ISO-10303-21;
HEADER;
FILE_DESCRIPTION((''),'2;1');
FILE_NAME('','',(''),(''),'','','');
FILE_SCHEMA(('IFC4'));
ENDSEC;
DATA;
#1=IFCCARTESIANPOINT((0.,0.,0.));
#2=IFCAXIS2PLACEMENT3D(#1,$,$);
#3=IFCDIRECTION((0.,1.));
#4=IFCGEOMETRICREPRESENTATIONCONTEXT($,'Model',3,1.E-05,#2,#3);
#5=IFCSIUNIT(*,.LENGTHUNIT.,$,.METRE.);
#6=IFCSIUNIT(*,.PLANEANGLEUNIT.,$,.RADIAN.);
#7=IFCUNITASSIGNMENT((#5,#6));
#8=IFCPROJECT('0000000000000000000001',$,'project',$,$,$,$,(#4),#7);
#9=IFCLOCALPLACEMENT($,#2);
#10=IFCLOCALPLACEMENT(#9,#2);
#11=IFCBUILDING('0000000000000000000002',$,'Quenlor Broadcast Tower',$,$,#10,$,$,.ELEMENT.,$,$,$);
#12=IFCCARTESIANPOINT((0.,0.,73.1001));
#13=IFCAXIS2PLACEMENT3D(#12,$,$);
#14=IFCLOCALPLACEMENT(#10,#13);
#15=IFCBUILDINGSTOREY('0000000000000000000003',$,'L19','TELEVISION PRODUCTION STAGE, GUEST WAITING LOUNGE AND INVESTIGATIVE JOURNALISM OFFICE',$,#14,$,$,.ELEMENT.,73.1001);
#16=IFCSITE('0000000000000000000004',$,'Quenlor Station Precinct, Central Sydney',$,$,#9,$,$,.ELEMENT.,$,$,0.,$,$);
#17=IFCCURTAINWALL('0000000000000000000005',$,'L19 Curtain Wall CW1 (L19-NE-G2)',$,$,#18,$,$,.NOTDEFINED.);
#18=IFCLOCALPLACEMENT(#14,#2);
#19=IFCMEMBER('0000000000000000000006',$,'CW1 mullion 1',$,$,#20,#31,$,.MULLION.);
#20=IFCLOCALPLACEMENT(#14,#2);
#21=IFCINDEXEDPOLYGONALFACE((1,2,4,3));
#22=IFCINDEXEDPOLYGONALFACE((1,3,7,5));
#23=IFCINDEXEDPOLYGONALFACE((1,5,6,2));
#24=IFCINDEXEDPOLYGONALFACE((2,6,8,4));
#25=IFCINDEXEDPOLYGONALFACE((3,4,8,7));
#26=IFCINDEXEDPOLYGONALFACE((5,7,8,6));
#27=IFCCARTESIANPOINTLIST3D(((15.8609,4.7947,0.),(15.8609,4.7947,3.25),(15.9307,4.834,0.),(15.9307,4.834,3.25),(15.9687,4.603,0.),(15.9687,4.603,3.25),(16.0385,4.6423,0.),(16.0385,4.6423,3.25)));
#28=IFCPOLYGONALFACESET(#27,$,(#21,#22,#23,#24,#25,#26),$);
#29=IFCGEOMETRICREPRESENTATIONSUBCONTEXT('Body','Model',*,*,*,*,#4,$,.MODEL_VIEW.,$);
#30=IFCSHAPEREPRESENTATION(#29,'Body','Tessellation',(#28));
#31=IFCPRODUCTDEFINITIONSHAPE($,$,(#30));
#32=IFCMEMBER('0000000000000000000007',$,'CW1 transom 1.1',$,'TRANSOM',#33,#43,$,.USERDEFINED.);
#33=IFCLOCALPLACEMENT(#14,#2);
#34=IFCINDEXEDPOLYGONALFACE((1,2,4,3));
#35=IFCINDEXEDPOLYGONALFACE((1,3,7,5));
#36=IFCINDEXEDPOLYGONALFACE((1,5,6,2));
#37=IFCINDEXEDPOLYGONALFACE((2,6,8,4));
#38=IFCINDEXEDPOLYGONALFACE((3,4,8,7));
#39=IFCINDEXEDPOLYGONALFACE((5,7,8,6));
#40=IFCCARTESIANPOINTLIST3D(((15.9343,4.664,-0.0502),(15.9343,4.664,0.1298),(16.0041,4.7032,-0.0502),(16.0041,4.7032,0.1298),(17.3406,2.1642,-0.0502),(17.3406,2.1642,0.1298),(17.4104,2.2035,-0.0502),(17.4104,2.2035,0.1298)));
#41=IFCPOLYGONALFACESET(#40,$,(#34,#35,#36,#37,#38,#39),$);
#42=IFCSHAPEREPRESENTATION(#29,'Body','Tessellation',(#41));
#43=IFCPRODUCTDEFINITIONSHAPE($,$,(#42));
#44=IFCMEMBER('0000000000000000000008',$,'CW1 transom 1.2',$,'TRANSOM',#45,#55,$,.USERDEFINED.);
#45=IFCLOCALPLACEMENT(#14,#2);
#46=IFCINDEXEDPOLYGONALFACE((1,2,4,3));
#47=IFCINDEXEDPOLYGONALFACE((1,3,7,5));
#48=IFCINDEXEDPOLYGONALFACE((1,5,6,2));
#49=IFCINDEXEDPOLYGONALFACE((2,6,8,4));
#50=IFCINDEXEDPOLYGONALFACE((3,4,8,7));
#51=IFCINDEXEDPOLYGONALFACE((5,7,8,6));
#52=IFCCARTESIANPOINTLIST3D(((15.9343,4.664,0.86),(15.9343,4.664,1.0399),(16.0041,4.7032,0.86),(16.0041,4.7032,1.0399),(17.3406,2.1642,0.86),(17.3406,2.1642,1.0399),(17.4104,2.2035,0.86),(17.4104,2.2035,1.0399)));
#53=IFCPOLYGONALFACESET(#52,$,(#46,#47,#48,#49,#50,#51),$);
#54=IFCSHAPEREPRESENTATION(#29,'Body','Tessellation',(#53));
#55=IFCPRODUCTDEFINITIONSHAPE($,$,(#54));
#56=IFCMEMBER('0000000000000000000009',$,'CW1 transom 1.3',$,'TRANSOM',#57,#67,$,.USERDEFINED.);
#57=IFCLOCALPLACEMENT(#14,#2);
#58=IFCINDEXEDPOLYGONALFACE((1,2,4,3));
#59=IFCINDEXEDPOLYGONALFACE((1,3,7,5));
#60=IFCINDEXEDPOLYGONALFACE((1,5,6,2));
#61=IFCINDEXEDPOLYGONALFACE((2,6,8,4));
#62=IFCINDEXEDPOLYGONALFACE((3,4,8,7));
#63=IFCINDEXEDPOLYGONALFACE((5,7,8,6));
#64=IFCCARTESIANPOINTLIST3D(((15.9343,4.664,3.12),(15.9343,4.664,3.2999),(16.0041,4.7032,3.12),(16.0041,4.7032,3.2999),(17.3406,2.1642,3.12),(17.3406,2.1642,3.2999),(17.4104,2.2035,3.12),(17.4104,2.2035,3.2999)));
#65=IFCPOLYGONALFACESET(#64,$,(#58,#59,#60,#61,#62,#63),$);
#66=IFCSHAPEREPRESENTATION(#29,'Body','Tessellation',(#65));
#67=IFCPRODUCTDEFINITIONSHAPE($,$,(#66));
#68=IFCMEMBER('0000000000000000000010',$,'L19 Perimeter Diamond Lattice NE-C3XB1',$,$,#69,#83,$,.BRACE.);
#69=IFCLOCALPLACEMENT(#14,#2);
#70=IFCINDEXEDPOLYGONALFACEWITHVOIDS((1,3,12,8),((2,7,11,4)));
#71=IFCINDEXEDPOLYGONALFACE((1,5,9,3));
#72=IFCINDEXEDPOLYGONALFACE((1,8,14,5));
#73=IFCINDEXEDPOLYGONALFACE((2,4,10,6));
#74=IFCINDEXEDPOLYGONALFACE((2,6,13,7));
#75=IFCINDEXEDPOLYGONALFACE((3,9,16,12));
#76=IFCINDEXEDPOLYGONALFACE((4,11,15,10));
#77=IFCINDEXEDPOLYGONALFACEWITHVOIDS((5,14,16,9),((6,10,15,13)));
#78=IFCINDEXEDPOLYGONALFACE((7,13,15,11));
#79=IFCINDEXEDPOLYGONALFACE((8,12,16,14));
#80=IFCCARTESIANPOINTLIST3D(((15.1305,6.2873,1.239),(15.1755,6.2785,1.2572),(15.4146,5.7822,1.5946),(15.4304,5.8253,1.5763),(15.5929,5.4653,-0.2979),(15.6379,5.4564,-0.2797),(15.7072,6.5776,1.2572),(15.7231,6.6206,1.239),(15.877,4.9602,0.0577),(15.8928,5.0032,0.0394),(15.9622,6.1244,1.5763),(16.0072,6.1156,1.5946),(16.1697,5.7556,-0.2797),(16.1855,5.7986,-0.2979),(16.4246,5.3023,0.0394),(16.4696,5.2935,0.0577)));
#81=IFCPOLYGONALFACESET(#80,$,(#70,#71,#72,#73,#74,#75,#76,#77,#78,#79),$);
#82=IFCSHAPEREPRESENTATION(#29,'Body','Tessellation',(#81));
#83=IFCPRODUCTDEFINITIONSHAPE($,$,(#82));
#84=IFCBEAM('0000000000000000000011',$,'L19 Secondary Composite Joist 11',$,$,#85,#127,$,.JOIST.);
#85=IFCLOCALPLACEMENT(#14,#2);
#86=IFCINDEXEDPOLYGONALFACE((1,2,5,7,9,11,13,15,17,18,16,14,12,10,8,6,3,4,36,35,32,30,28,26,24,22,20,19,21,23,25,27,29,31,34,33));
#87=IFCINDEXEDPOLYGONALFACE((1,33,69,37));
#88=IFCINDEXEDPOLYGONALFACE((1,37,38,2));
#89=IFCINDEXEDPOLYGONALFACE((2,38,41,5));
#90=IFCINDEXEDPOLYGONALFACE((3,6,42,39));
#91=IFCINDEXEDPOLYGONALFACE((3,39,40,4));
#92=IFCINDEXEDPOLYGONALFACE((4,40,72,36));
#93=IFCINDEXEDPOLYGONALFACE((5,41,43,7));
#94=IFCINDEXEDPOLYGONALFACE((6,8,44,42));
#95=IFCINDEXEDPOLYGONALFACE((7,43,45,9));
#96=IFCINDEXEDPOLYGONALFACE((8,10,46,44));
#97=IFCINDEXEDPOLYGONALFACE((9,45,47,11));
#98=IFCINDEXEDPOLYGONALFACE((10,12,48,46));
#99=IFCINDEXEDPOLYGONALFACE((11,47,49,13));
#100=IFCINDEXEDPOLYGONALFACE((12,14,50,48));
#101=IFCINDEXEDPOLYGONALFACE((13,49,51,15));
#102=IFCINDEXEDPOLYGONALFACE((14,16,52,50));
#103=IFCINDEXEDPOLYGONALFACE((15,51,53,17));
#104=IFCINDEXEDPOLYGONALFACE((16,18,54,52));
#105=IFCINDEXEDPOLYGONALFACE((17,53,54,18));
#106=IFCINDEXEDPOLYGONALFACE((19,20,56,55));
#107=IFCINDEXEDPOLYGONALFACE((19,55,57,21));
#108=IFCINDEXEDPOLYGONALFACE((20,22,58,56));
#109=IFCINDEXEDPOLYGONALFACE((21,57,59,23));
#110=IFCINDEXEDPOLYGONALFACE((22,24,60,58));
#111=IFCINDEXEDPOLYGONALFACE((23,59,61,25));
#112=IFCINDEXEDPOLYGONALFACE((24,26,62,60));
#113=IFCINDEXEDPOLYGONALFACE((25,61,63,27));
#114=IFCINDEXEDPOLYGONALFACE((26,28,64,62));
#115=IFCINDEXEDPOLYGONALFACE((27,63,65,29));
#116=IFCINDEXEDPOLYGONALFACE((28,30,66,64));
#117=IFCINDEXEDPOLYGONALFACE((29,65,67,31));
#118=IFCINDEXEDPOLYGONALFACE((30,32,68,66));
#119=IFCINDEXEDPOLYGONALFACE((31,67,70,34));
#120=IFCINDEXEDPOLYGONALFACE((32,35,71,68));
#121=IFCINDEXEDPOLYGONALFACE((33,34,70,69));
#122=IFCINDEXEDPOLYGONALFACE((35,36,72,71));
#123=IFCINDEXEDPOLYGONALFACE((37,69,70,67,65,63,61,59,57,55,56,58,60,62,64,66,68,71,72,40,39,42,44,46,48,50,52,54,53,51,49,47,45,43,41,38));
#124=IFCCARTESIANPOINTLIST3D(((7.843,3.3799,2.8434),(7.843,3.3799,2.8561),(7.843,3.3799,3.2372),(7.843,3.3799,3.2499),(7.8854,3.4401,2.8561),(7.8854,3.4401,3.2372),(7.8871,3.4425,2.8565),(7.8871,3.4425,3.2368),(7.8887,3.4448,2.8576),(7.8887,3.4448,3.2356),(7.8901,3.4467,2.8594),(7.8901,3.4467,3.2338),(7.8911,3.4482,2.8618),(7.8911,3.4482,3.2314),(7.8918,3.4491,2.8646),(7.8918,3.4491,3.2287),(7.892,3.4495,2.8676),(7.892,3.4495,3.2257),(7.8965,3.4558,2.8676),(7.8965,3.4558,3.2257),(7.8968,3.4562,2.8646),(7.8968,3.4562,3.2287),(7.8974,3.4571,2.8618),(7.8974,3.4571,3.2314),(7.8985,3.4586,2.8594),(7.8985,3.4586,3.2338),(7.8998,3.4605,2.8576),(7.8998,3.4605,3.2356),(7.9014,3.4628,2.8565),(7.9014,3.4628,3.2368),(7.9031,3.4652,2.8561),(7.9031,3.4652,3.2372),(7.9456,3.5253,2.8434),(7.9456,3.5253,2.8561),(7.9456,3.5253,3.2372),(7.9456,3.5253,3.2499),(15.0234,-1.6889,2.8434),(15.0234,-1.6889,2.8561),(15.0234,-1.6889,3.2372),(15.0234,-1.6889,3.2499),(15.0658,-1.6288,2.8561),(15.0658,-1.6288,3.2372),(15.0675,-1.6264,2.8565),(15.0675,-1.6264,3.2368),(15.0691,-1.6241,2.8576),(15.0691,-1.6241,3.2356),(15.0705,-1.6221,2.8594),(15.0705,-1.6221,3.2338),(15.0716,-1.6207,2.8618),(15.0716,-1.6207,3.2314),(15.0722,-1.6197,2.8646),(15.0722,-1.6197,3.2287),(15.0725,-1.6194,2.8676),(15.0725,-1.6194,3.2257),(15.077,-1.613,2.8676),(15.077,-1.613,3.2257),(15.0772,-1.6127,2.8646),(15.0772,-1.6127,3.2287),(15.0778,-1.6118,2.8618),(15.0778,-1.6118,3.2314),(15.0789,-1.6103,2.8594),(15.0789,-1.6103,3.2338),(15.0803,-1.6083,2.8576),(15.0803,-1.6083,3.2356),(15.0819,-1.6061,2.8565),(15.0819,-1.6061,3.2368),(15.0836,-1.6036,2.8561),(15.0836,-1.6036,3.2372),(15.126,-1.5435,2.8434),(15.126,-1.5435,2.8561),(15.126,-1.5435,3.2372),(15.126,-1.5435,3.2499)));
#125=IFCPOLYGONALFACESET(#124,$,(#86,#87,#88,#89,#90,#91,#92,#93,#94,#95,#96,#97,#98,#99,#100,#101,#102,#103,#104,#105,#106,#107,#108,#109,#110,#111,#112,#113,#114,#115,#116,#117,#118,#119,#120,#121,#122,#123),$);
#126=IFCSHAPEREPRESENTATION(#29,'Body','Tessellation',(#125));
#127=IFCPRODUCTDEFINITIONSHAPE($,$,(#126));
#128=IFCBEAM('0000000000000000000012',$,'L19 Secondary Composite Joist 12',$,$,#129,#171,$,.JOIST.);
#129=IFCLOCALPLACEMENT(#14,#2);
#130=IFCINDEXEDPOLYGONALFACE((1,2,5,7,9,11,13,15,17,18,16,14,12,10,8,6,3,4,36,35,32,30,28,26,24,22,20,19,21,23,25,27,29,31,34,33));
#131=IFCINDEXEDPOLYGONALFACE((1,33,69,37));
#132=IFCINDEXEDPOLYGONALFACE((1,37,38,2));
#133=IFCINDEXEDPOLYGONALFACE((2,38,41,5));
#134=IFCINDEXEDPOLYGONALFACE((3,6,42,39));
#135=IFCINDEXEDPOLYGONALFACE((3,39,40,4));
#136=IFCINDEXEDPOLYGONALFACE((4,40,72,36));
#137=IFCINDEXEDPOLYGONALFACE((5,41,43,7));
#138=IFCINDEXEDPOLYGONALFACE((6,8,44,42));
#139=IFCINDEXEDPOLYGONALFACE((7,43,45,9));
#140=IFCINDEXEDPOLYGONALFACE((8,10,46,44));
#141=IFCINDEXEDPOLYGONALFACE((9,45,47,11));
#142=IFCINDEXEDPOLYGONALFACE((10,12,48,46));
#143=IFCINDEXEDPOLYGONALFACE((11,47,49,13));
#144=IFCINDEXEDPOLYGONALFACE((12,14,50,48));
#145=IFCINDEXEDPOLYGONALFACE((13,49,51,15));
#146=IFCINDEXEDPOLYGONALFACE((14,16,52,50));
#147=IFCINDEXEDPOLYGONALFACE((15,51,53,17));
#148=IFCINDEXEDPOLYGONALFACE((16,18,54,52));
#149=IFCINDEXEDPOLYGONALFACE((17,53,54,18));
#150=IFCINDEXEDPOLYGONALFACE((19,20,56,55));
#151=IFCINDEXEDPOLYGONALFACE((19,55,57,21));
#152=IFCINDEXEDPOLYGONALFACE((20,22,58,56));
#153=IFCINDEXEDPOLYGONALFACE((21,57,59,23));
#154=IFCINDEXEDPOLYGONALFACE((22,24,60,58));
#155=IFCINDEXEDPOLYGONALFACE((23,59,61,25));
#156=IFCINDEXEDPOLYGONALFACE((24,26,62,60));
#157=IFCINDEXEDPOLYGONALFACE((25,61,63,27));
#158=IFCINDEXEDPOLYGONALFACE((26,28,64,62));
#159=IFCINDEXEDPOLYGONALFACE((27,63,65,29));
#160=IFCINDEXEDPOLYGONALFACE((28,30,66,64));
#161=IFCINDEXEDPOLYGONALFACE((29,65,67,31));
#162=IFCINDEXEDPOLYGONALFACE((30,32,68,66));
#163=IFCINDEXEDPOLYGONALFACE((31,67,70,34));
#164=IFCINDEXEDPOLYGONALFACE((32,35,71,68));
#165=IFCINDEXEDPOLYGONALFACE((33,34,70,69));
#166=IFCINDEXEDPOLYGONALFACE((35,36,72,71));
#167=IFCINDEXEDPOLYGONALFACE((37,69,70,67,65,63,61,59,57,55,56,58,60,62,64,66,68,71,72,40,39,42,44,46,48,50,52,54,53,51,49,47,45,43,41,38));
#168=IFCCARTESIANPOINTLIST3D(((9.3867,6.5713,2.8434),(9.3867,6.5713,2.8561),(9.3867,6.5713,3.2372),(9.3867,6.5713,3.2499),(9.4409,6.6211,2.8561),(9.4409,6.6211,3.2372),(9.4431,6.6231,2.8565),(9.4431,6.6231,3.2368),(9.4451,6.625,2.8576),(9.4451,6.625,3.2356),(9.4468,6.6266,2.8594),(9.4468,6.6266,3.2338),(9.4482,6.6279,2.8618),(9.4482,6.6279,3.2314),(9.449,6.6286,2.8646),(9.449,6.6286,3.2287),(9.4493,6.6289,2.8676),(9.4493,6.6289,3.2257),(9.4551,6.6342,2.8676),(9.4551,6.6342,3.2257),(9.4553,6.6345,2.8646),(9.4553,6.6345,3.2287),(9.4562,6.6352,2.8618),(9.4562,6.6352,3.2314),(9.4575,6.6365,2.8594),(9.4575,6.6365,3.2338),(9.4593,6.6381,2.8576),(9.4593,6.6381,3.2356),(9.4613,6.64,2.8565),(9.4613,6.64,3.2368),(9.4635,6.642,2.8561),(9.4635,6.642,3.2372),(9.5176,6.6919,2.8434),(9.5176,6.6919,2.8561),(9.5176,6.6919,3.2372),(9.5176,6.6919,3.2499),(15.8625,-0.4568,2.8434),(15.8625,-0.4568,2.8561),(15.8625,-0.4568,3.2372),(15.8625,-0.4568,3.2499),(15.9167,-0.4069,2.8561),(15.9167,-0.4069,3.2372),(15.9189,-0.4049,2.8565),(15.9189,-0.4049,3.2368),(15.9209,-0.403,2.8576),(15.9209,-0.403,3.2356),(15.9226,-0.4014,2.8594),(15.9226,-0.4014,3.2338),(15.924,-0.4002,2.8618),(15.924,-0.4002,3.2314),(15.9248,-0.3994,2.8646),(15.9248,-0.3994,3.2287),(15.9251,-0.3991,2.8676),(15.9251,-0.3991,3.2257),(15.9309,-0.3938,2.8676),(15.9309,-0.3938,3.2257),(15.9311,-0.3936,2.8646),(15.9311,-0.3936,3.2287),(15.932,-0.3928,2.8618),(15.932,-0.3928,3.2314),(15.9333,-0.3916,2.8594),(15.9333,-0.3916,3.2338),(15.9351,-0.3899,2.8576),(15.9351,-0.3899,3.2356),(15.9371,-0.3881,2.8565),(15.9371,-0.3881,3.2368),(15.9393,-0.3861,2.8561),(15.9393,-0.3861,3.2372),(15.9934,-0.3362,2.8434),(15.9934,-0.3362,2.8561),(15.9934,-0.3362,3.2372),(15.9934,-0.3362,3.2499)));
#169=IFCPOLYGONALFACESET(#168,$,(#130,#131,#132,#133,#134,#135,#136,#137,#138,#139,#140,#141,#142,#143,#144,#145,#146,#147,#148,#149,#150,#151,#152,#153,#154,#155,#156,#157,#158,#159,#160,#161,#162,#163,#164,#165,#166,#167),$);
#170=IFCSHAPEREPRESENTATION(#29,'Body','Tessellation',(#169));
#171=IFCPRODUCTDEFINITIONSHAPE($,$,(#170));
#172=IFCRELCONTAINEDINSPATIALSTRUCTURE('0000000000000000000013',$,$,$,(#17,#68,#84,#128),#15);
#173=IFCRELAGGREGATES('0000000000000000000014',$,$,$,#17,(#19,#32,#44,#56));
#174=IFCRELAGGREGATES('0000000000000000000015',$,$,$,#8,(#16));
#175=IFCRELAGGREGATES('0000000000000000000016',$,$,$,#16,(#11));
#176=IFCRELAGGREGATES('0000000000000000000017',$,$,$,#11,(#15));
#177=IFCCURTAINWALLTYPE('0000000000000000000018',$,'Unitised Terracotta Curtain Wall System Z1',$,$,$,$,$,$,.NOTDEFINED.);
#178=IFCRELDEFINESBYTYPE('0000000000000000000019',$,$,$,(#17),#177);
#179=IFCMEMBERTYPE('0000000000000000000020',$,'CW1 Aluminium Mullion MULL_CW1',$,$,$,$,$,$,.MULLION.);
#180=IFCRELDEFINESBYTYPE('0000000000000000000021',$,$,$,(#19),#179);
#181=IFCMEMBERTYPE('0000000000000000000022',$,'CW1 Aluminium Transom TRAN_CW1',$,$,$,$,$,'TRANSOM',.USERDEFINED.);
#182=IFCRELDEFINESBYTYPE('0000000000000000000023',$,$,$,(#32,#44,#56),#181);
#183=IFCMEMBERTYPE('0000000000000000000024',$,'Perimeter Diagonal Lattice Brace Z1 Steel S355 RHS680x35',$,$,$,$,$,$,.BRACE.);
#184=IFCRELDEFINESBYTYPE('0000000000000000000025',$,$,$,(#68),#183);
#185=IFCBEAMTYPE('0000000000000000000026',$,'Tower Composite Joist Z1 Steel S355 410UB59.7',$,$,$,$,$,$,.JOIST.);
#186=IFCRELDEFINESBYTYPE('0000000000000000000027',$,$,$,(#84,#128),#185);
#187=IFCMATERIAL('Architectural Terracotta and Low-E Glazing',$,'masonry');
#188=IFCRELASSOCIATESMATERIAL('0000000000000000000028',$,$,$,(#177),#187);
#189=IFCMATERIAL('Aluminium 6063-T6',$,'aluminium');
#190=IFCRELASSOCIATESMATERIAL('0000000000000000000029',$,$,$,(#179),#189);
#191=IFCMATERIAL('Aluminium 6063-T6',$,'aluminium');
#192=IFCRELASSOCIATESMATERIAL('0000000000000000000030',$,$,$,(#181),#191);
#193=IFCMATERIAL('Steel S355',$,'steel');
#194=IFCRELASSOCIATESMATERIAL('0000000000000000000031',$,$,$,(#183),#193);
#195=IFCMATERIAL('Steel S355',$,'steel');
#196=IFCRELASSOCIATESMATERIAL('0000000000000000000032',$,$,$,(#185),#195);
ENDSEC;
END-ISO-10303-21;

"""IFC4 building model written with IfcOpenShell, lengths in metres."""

from ifc_helpers import new_model, si_unit, direction, frame, origin, origin_2d, place, context, subcontext, project, spatial, rectangle, hollow_rectangle, i_section, extrude, material, material_profile, profile_set, type_object, element, aggregate, save


model = new_model("IFC4")

# Units and contexts
model_context = context("Model", 3, precision=1e-05, world=origin(), true_north=direction((0.0, 1.0)))
body_context = subcontext(model_context, "Body", "Model", "MODEL_VIEW")
ifc_project = project(units=[si_unit("LENGTHUNIT", "METRE"), si_unit("PLANEANGLEUNIT", "RADIAN")], contexts=[model_context])

# Site, building, storey
site_placement = place(None, origin())
site = spatial("IfcSite", under=ifc_project, at=site_placement, Name="Quenlor Station Precinct, Central Sydney", CompositionType="ELEMENT", RefElevation=0.0)
building_placement = place(site_placement, origin())
building = spatial("IfcBuilding", under=site, at=building_placement, Name="Quenlor Broadcast Tower", CompositionType="ELEMENT")
storey_placement = place(building_placement, frame((0.0, 0.0, 73.1001)))
storey = spatial("IfcBuildingStorey", under=building, at=storey_placement, Name="L19", Description="TELEVISION PRODUCTION STAGE, GUEST WAITING LOUNGE AND INVESTIGATIVE JOURNALISM OFFICE", CompositionType="ELEMENT", Elevation=73.1001)

# Curtain wall, members
ifc_material_1 = material(Name="Architectural Terracotta and Low-E Glazing", Category="masonry")
curtain_wall_type = type_object("IfcCurtainWallType", Name="Unitised Terracotta Curtain Wall System Z1", PredefinedType="NOTDEFINED", material=ifc_material_1)
curtain_wall_placement = place(storey_placement, origin())
curtain_wall = element("IfcCurtainWall", 1, at=curtain_wall_placement, inside=storey, type_object=curtain_wall_type, Name="L19 Curtain Wall CW1 (L19-NE-G2)", PredefinedType="NOTDEFINED")
ifc_material_2 = material(Name="Aluminium 6063-T6", Category="aluminium")
ifc_material_profile_1 = material_profile(ifc_material_2, rectangle(XDim=0.0801, YDim=0.22, at=origin_2d()))
ifc_profile_set_1 = profile_set([ifc_material_profile_1], Name="Aluminium 6063-T6 MULL80x220")
member_type_1 = type_object("IfcMemberType", Name="CW1 Aluminium Mullion MULL_CW1", PredefinedType="MULLION", material=ifc_profile_set_1)
member_1_placement = place(storey_placement, frame((15.9497, 4.7185, 0.0), z_axis=(0.0, 0.0, 1.0), x_axis=(0.871568, 0.490274, 0.0)))
member_1 = element("IfcMember", 2, at=member_1_placement, type_object=member_type_1, Name="CW1 mullion 1", PredefinedType="MULLION", context=body_context, shape_type="SweptSolid", body=[
    extrude(rectangle(XDim=0.0801, YDim=0.22, at=origin_2d()), origin(), (0.0, 0.0, 1.0), 3.25),
])
ifc_material_3 = material(Name="Aluminium 6063-T6", Category="aluminium")
ifc_material_profile_2 = material_profile(ifc_material_3, rectangle(XDim=0.0801, YDim=0.1799, at=origin_2d()))
ifc_profile_set_2 = profile_set([ifc_material_profile_2], Name="Aluminium 6063-T6 TRAN80x180")
member_type_2 = type_object("IfcMemberType", Name="CW1 Aluminium Transom TRAN_CW1", ElementType="TRANSOM", PredefinedType="USERDEFINED", material=ifc_profile_set_2)
member_2_placement = place(storey_placement, frame((15.9692, 4.6836, 0.0398), z_axis=(0.490298, -0.871555, 0.0), x_axis=(0.871555, 0.490298, 0.0)))
member_2 = element("IfcMember", 3, at=member_2_placement, type_object=member_type_2, Name="CW1 transom 1.1", ObjectType="TRANSOM", PredefinedType="USERDEFINED", context=body_context, shape_type="SweptSolid", body=[
    extrude(rectangle(XDim=0.0801, YDim=0.1799, at=origin_2d()), origin(), (0.0, 0.0, 1.0), 2.8682),
])
member_3_placement = place(storey_placement, frame((15.9692, 4.6836, 0.95), z_axis=(0.490298, -0.871555, 0.0), x_axis=(0.871555, 0.490298, 0.0)))
member_3 = element("IfcMember", 4, at=member_3_placement, type_object=member_type_2, Name="CW1 transom 1.2", ObjectType="TRANSOM", PredefinedType="USERDEFINED", context=body_context, shape_type="SweptSolid", body=[
    extrude(rectangle(XDim=0.0801, YDim=0.1799, at=origin_2d()), origin(), (0.0, 0.0, 1.0), 2.8682),
])
member_4_placement = place(storey_placement, frame((15.9692, 4.6836, 3.21), z_axis=(0.490298, -0.871555, 0.0), x_axis=(0.871555, 0.490298, 0.0)))
member_4 = element("IfcMember", 5, at=member_4_placement, type_object=member_type_2, Name="CW1 transom 1.3", ObjectType="TRANSOM", PredefinedType="USERDEFINED", context=body_context, shape_type="SweptSolid", body=[
    extrude(rectangle(XDim=0.0801, YDim=0.1799, at=origin_2d()), origin(), (0.0, 0.0, 1.0), 2.8682),
])
aggregate(curtain_wall, [member_1, member_2, member_3, member_4])

# Member
ifc_material_4 = material(Name="Steel S355", Category="steel")
ifc_material_profile_3 = material_profile(ifc_material_4, hollow_rectangle(XDim=0.6799, YDim=0.6799, WallThickness=0.0349, at=origin_2d()))
ifc_profile_set_3 = profile_set([ifc_material_profile_3], Name="Steel S355 RHS680x680x35")
member_type_3 = type_object("IfcMemberType", Name="Perimeter Diagonal Lattice Brace Z1 Steel S355 RHS680x35", PredefinedType="BRACE", material=ifc_profile_set_3)
member_5_placement = place(storey_placement, frame((16.0312, 5.3794, -0.1201), z_axis=(-0.256436, 0.455871, 0.852304), x_axis=(-0.871569, -0.490274, 0.0)))
element("IfcMember", 6, at=member_5_placement, inside=storey, type_object=member_type_3, Name="L19 Perimeter Diamond Lattice NE-C3XB1", PredefinedType="BRACE", context=body_context, shape_type="SweptSolid", body=[
    extrude(hollow_rectangle(XDim=0.6799, YDim=0.6799, WallThickness=0.0349, at=origin_2d()), origin(), (0.0, 0.0, 1.0), 1.8032),
])

# Beams
ifc_material_5 = material(Name="Steel S355", Category="steel")
ifc_material_profile_4 = material_profile(ifc_material_5, i_section(OverallWidth=0.178, OverallDepth=0.4065, WebThickness=0.0078, FlangeThickness=0.0127, FilletRadius=0.0115, at=origin_2d()))
ifc_profile_set_4 = profile_set([ifc_material_profile_4], Name="Steel S355 410UB59.7")
beam_type = type_object("IfcBeamType", Name="Tower Composite Joist Z1 Steel S355 410UB59.7", PredefinedType="JOIST", material=ifc_profile_set_4)
beam_1_placement = place(storey_placement, frame((15.0747, -1.6162, 3.0466), z_axis=(-0.816951, 0.576707, 0.0), x_axis=(-0.576707, -0.816951, 0.0)))
element("IfcBeam", 7, at=beam_1_placement, inside=storey, type_object=beam_type, Name="L19 Secondary Composite Joist 11", PredefinedType="JOIST", context=body_context, shape_type="SweptSolid", body=[
    extrude(i_section(OverallWidth=0.178, OverallDepth=0.4065, WebThickness=0.0078, FlangeThickness=0.0127, FilletRadius=0.0115, at=origin_2d()), origin(), (0.0, 0.0, 1.0), 8.7893),
])
beam_2_placement = place(storey_placement, frame((15.928, -0.3965, 3.0466), z_axis=(-0.677623, 0.735409, 0.0), x_axis=(-0.735409, -0.677623, 0.0)))
element("IfcBeam", 8, at=beam_2_placement, inside=storey, type_object=beam_type, Name="L19 Secondary Composite Joist 12", PredefinedType="JOIST", context=body_context, shape_type="SweptSolid", body=[
    extrude(i_section(OverallWidth=0.178, OverallDepth=0.4065, WebThickness=0.0078, FlangeThickness=0.0127, FilletRadius=0.0115, at=origin_2d()), origin(), (0.0, 0.0, 1.0), 9.5566),
])

save(model, "model.ifc")
